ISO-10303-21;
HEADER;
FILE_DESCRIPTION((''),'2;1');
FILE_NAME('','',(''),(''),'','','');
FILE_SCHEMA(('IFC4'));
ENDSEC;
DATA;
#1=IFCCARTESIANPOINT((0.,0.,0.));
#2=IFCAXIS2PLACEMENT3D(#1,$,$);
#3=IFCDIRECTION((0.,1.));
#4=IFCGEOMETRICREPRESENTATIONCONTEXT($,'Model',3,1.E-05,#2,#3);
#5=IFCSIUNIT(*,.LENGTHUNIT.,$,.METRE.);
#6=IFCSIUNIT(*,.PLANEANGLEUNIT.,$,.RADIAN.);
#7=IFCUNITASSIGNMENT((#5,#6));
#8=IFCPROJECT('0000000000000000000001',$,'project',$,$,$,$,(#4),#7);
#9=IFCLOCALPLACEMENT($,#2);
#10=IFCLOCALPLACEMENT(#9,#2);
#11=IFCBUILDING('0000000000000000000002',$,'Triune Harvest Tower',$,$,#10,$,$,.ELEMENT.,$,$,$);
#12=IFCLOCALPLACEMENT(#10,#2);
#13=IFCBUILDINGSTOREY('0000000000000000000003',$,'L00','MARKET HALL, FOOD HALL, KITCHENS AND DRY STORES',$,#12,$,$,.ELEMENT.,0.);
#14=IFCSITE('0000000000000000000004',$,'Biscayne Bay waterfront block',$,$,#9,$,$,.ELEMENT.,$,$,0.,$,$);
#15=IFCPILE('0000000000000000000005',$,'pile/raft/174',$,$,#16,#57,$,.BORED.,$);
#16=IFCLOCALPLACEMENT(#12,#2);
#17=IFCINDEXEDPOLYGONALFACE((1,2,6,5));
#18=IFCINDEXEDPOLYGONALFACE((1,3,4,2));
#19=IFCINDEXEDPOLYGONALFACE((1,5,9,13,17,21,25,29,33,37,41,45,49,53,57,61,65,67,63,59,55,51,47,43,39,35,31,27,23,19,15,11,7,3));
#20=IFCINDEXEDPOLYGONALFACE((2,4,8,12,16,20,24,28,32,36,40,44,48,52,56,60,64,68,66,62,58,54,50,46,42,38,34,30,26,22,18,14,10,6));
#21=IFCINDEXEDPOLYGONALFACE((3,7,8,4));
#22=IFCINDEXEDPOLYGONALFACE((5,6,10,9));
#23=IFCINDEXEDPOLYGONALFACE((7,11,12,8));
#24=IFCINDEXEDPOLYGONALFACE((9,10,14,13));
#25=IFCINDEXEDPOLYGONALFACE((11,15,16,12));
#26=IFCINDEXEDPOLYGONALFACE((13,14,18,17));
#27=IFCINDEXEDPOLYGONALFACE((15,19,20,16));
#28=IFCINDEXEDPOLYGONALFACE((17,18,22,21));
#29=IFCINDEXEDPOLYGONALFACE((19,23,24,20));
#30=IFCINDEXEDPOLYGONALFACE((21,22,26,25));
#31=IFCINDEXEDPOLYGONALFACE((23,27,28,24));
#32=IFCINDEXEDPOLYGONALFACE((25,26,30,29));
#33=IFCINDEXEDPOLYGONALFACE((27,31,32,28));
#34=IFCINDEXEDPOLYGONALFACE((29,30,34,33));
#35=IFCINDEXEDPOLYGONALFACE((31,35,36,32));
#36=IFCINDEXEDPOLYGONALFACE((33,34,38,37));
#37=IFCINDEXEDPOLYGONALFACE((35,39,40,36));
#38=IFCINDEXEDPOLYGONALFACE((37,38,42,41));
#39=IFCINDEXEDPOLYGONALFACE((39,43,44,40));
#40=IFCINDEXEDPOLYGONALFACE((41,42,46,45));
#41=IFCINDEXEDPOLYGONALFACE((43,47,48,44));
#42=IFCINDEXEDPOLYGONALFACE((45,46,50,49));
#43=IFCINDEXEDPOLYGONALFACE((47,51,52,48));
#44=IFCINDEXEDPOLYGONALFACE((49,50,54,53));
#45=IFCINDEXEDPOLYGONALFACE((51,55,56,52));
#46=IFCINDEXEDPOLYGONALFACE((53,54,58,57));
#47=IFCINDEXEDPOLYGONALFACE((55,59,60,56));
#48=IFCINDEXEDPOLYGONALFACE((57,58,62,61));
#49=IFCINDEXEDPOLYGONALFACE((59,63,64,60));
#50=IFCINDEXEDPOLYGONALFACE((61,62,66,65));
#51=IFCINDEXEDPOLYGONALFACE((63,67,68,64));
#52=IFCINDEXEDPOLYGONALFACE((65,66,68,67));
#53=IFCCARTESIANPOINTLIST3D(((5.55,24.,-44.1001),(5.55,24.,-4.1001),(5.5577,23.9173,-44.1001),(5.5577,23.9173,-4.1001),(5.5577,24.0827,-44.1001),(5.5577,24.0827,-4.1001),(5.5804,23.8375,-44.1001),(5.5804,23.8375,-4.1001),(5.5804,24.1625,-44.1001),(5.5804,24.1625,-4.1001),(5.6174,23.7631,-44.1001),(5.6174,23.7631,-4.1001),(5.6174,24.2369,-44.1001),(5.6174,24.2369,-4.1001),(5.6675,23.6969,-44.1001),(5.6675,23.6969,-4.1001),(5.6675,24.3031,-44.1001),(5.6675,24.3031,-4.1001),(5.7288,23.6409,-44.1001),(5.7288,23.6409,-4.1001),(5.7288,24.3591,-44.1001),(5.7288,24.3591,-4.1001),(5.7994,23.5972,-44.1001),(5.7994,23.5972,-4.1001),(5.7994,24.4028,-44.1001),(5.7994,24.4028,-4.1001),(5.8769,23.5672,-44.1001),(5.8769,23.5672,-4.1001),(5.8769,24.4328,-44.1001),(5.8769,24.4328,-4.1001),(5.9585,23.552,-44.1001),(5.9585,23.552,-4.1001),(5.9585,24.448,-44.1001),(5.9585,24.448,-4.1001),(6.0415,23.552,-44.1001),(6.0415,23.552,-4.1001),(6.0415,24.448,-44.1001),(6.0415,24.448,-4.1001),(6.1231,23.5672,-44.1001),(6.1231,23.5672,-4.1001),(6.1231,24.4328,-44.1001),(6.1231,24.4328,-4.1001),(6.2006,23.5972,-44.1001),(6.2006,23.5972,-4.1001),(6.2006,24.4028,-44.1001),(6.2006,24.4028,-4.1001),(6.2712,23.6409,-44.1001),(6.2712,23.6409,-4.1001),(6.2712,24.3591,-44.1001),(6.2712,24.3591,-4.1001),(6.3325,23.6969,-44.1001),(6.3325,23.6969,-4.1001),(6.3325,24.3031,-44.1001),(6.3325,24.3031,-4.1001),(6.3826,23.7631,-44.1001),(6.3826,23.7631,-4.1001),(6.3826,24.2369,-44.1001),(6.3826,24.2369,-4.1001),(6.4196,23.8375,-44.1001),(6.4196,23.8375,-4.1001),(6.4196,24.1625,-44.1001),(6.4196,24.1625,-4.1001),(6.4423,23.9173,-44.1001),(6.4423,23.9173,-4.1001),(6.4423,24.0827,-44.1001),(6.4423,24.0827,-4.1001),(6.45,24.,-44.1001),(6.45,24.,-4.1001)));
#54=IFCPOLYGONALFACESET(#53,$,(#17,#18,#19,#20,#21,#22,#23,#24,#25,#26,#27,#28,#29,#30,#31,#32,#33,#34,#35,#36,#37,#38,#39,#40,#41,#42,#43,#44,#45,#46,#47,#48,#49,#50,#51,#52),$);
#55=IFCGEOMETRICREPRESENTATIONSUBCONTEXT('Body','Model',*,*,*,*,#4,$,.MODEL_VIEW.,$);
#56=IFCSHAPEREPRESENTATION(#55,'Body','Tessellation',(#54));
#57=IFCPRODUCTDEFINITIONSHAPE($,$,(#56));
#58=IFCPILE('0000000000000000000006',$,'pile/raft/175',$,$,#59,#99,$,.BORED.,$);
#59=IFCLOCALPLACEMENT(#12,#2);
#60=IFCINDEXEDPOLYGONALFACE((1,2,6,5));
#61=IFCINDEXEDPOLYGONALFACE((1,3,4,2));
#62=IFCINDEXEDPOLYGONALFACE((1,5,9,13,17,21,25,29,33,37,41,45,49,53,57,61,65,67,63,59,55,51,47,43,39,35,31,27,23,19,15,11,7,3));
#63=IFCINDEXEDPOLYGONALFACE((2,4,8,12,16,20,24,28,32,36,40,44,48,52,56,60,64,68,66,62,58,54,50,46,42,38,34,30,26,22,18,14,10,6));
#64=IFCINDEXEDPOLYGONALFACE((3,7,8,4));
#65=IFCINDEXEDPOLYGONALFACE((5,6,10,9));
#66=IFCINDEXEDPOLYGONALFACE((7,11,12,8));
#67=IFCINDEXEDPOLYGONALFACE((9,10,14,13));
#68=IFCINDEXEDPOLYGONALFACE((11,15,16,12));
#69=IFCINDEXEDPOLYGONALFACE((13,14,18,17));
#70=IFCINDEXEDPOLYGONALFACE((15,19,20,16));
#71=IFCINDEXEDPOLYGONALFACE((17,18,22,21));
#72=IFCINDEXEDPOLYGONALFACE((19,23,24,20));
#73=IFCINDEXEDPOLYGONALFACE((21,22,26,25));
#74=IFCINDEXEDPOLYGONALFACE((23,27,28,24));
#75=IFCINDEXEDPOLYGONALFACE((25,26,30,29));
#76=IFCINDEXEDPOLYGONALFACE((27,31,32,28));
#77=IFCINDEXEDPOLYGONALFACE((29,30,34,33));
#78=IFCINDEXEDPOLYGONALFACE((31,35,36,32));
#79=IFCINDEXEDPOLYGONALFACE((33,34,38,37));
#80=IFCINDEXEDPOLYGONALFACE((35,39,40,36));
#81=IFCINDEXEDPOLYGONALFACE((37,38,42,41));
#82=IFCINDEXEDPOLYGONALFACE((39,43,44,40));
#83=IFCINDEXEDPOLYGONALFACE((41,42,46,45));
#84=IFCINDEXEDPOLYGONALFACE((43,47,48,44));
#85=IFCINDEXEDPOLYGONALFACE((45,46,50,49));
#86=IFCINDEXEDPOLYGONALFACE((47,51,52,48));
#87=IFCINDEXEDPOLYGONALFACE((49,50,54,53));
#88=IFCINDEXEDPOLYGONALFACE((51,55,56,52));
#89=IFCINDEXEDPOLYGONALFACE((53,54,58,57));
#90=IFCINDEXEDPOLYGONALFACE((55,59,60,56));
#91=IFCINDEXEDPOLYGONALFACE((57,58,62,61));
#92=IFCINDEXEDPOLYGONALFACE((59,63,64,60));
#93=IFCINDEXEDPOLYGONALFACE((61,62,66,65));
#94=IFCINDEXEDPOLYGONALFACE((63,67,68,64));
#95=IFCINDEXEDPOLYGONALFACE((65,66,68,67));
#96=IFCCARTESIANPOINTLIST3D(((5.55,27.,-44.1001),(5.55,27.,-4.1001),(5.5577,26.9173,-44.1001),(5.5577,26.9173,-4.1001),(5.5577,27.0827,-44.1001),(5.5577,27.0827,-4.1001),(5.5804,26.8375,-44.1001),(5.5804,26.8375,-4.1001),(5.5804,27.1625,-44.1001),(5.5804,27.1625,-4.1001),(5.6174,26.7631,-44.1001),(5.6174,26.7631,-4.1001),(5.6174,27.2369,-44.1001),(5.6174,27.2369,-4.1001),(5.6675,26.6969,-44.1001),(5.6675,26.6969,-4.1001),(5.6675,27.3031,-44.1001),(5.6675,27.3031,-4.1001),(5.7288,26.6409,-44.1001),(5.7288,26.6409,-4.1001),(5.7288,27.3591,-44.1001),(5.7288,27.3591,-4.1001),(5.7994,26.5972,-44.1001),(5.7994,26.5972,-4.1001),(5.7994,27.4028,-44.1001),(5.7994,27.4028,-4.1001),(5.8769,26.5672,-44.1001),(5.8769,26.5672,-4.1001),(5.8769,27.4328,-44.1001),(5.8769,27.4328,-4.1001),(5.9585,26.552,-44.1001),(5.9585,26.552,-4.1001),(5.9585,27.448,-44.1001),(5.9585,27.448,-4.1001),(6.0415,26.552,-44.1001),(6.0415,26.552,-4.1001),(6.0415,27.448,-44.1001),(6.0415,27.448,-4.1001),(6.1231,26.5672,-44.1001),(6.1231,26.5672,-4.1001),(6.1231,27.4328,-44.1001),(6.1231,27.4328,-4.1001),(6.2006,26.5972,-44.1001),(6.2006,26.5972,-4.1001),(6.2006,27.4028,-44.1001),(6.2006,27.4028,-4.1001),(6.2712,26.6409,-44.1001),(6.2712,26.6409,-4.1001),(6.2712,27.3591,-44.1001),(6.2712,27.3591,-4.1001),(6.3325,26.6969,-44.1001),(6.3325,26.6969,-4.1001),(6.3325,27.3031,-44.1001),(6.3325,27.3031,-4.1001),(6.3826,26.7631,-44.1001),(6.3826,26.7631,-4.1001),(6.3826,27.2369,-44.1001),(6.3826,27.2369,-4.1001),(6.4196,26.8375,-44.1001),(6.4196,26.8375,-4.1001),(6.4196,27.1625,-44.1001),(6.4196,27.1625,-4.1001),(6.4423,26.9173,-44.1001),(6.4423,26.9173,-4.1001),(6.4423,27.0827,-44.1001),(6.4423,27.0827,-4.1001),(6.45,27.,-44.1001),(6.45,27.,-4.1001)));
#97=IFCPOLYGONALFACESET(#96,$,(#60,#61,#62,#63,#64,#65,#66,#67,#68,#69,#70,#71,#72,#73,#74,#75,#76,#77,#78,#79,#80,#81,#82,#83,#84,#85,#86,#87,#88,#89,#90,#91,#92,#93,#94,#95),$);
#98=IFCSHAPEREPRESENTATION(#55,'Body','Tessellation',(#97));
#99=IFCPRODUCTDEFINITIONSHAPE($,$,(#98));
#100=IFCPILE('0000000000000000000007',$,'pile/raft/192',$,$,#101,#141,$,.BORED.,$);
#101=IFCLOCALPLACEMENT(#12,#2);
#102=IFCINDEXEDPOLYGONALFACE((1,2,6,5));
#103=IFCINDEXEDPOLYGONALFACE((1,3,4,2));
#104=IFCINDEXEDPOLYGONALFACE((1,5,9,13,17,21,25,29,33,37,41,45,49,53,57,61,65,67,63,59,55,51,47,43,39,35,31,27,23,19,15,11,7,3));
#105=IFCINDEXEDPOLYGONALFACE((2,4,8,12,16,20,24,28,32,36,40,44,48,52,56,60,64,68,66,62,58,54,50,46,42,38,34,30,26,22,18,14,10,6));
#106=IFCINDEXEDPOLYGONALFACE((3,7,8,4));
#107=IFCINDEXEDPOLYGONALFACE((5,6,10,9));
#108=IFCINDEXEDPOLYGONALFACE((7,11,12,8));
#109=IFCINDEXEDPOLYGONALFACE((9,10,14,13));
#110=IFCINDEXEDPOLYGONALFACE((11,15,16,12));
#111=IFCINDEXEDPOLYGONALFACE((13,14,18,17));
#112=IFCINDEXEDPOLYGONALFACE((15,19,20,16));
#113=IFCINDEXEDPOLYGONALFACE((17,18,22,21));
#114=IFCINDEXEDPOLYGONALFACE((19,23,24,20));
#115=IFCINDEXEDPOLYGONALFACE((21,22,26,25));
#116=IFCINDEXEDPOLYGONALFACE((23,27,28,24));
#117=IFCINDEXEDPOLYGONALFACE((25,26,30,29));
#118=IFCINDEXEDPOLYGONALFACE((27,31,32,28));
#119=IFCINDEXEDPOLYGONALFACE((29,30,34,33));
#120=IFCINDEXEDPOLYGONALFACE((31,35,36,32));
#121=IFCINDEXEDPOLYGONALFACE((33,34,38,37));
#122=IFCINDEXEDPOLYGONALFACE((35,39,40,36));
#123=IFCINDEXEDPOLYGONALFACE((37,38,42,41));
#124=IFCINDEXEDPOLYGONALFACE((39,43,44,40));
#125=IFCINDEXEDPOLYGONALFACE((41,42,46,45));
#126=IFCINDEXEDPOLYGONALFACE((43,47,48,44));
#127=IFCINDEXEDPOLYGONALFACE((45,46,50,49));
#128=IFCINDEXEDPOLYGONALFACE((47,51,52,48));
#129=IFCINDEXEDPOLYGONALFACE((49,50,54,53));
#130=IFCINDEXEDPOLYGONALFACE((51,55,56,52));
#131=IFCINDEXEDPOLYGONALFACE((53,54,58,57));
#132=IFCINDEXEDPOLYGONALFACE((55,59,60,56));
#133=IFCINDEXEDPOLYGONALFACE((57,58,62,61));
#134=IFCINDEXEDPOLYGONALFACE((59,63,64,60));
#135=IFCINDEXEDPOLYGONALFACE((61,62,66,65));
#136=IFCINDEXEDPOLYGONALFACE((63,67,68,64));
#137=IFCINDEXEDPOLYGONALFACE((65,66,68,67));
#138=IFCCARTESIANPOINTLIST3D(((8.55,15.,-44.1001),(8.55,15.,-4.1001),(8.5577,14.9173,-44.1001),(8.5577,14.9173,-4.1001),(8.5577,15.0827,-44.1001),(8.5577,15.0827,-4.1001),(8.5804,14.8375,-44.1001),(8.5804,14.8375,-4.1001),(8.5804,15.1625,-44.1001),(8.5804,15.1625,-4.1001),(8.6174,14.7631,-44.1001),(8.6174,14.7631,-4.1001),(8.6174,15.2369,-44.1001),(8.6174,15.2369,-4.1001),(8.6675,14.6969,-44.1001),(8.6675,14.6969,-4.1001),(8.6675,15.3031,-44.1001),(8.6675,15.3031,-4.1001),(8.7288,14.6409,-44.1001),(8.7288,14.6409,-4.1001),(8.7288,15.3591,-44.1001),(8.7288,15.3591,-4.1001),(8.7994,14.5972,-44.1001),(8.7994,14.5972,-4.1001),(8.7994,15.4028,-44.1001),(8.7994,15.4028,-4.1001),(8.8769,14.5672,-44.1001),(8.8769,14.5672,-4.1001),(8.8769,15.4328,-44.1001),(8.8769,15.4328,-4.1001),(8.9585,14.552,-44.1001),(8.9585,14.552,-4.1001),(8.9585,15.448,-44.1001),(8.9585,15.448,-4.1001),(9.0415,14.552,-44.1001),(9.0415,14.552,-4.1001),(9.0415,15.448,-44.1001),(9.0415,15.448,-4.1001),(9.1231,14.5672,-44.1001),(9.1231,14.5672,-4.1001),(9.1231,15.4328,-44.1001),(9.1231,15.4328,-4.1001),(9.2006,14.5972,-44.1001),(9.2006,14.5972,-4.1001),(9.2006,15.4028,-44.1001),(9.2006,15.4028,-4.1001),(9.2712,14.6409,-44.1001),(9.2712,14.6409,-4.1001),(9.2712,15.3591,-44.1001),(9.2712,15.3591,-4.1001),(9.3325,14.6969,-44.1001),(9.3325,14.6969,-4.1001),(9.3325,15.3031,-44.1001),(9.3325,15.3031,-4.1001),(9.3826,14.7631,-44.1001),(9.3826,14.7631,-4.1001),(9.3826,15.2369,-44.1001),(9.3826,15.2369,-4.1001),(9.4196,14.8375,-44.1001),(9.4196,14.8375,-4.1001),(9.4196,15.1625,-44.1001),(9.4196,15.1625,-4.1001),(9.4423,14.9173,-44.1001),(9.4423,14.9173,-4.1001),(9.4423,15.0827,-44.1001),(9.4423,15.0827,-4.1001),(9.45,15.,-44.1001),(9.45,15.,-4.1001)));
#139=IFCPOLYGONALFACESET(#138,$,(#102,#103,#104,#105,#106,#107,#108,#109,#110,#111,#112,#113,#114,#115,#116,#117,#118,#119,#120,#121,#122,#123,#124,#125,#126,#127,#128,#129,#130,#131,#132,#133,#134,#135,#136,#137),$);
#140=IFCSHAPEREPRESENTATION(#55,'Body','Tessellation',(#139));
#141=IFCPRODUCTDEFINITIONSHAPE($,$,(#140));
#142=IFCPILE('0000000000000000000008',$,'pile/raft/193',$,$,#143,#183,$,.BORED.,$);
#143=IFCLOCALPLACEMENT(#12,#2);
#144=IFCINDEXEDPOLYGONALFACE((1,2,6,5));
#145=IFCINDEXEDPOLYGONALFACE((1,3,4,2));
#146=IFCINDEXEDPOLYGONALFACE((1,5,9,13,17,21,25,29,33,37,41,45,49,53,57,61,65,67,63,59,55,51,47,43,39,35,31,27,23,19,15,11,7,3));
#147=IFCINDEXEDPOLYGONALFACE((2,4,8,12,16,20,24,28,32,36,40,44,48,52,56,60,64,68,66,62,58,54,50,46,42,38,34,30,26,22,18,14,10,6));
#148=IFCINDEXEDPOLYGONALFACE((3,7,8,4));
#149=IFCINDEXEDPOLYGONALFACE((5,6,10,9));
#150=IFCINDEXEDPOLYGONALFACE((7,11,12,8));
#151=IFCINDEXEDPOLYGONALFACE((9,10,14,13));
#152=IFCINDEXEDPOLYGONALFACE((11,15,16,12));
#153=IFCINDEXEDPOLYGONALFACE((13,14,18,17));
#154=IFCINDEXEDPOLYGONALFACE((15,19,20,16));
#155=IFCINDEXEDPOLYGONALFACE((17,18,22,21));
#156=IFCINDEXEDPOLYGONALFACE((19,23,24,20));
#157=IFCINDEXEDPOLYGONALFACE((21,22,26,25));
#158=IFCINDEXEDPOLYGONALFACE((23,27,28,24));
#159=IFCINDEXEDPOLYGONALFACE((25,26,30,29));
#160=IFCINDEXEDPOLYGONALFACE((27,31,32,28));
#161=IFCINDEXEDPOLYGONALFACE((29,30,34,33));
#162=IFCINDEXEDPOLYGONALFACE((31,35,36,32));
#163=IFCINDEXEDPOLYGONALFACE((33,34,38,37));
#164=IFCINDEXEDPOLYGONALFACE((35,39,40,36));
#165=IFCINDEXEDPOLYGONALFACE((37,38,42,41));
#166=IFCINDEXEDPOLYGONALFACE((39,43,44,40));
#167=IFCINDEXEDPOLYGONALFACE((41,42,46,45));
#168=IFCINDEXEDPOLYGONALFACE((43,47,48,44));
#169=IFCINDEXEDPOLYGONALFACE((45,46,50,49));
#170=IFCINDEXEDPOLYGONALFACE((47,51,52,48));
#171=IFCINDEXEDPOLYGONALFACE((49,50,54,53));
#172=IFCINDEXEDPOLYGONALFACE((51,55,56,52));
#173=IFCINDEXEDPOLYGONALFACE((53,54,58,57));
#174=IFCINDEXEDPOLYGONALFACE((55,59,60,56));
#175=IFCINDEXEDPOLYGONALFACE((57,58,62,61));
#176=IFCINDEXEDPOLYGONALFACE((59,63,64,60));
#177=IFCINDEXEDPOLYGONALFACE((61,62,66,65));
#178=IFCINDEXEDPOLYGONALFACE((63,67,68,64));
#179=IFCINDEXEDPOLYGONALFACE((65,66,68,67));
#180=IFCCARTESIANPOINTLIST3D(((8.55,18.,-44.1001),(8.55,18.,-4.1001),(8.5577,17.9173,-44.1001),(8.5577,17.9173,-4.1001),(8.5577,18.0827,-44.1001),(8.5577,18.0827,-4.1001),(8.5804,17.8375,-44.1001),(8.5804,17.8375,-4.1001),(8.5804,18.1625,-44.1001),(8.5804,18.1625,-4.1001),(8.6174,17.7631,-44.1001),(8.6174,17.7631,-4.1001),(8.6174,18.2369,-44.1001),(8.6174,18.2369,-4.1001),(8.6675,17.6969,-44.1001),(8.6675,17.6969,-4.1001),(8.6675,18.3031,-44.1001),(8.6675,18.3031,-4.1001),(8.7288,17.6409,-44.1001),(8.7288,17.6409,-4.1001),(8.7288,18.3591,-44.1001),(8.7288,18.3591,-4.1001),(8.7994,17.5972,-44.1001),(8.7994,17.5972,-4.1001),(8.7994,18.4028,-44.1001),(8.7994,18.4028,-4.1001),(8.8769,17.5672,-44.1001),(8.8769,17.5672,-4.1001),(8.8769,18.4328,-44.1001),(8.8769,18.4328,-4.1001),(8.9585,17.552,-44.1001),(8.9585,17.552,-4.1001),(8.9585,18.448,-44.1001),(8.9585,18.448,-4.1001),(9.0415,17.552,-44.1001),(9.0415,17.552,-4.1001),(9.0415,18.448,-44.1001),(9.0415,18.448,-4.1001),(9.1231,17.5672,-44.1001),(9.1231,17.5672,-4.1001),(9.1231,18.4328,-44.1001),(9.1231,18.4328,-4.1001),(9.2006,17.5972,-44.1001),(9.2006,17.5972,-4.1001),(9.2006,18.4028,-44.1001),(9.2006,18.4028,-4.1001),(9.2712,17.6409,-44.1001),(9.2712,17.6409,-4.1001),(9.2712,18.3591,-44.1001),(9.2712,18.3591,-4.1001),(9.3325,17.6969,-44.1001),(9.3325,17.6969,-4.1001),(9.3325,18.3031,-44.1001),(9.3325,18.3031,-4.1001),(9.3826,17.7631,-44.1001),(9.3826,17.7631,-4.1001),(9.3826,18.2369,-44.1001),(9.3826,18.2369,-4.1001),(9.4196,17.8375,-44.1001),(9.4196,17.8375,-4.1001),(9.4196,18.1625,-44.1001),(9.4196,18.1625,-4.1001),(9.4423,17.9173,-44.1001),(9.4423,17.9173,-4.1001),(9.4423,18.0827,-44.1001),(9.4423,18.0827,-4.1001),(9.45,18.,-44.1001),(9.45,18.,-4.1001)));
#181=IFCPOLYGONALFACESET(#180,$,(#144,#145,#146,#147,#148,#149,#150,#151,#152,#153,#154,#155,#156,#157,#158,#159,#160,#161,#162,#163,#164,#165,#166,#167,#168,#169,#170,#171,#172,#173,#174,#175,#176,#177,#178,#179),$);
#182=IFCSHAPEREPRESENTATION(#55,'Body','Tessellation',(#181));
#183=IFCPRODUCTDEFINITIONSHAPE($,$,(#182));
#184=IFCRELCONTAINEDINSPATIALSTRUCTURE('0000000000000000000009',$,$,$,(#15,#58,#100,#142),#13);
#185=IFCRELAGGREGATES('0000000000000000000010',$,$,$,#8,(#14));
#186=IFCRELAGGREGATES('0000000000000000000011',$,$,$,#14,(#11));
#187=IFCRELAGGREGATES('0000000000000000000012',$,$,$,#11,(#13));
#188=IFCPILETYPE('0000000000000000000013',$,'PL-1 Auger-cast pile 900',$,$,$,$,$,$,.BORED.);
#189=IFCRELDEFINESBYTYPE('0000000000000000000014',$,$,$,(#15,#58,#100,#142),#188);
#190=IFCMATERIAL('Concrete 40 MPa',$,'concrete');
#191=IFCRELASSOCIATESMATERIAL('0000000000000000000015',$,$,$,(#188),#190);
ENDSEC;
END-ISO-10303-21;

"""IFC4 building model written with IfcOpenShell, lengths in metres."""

from ifc_helpers import new_model, si_unit, direction, frame, origin, origin_2d, place, context, subcontext, project, spatial, circle, extrude, source, transform, mapped, material, material_profile, profile_set, type_object, element, save


model = new_model("IFC4")

# Units and contexts
model_context = context("Model", 3, precision=1e-05, world=origin(), true_north=direction((0.0, 1.0)))
body_context = subcontext(model_context, "Body", "Model", "MODEL_VIEW")
ifc_project = project(units=[si_unit("LENGTHUNIT", "METRE"), si_unit("PLANEANGLEUNIT", "RADIAN")], contexts=[model_context])

# Site, building, storey
site_placement = place(None, origin())
site = spatial("IfcSite", under=ifc_project, at=site_placement, Name="Biscayne Bay waterfront block", CompositionType="ELEMENT", RefElevation=0.0)
building_placement = place(site_placement, origin())
building = spatial("IfcBuilding", under=site, at=building_placement, Name="Triune Harvest Tower", CompositionType="ELEMENT")
storey_placement = place(building_placement, origin())
storey = spatial("IfcBuildingStorey", under=building, at=storey_placement, Name="L00", Description="MARKET HALL, FOOD HALL, KITCHENS AND DRY STORES", CompositionType="ELEMENT", Elevation=0.0)

# Piles
ifc_material_1 = material(Name="Concrete 40 MPa", Category="concrete")
ifc_material_profile = material_profile(ifc_material_1, circle(Radius=0.45, at=origin_2d()), Name="Bored 900")
ifc_profile_set = profile_set([ifc_material_profile], Name="Concrete 40 MPa")
pile_type = type_object("IfcPileType", Name="PL-1 Auger-cast pile 900", PredefinedType="BORED", material=ifc_profile_set)
shared_shape = source(origin(), body_context, "Body", "SweptSolid", [
    extrude(circle(Radius=0.45, at=origin_2d()), origin(), (0.0, 0.0, 1.0), 40.0),
])
for number, where, z_axis, x_axis, name in (
    (1, (6.0, 24.0, -4.1001), (0.0, 0.0, -1.0), (1.0, 0.0, 0.0), "pile/raft/174"),
    (2, (6.0, 27.0, -4.1001), (0.0, 0.0, -1.0), (1.0, 0.0, 0.0), "pile/raft/175"),
    (3, (9.0, 15.0, -4.1001), (0.0, 0.0, -1.0), (1.0, 0.0, 0.0), "pile/raft/192"),
    (4, (9.0, 18.0, -4.1001), (0.0, 0.0, -1.0), (1.0, 0.0, 0.0), "pile/raft/193"),
):
    element("IfcPile", number, at=place(storey_placement, frame(where, z_axis=z_axis, x_axis=x_axis)), inside=storey, type_object=pile_type, Name=name, PredefinedType="BORED", context=body_context, shape_type="MappedRepresentation", body=[
        mapped(shared_shape, transform((0.0, 0.0, 0.0), scale=1.0)),
    ])

save(model, "model.ifc")
